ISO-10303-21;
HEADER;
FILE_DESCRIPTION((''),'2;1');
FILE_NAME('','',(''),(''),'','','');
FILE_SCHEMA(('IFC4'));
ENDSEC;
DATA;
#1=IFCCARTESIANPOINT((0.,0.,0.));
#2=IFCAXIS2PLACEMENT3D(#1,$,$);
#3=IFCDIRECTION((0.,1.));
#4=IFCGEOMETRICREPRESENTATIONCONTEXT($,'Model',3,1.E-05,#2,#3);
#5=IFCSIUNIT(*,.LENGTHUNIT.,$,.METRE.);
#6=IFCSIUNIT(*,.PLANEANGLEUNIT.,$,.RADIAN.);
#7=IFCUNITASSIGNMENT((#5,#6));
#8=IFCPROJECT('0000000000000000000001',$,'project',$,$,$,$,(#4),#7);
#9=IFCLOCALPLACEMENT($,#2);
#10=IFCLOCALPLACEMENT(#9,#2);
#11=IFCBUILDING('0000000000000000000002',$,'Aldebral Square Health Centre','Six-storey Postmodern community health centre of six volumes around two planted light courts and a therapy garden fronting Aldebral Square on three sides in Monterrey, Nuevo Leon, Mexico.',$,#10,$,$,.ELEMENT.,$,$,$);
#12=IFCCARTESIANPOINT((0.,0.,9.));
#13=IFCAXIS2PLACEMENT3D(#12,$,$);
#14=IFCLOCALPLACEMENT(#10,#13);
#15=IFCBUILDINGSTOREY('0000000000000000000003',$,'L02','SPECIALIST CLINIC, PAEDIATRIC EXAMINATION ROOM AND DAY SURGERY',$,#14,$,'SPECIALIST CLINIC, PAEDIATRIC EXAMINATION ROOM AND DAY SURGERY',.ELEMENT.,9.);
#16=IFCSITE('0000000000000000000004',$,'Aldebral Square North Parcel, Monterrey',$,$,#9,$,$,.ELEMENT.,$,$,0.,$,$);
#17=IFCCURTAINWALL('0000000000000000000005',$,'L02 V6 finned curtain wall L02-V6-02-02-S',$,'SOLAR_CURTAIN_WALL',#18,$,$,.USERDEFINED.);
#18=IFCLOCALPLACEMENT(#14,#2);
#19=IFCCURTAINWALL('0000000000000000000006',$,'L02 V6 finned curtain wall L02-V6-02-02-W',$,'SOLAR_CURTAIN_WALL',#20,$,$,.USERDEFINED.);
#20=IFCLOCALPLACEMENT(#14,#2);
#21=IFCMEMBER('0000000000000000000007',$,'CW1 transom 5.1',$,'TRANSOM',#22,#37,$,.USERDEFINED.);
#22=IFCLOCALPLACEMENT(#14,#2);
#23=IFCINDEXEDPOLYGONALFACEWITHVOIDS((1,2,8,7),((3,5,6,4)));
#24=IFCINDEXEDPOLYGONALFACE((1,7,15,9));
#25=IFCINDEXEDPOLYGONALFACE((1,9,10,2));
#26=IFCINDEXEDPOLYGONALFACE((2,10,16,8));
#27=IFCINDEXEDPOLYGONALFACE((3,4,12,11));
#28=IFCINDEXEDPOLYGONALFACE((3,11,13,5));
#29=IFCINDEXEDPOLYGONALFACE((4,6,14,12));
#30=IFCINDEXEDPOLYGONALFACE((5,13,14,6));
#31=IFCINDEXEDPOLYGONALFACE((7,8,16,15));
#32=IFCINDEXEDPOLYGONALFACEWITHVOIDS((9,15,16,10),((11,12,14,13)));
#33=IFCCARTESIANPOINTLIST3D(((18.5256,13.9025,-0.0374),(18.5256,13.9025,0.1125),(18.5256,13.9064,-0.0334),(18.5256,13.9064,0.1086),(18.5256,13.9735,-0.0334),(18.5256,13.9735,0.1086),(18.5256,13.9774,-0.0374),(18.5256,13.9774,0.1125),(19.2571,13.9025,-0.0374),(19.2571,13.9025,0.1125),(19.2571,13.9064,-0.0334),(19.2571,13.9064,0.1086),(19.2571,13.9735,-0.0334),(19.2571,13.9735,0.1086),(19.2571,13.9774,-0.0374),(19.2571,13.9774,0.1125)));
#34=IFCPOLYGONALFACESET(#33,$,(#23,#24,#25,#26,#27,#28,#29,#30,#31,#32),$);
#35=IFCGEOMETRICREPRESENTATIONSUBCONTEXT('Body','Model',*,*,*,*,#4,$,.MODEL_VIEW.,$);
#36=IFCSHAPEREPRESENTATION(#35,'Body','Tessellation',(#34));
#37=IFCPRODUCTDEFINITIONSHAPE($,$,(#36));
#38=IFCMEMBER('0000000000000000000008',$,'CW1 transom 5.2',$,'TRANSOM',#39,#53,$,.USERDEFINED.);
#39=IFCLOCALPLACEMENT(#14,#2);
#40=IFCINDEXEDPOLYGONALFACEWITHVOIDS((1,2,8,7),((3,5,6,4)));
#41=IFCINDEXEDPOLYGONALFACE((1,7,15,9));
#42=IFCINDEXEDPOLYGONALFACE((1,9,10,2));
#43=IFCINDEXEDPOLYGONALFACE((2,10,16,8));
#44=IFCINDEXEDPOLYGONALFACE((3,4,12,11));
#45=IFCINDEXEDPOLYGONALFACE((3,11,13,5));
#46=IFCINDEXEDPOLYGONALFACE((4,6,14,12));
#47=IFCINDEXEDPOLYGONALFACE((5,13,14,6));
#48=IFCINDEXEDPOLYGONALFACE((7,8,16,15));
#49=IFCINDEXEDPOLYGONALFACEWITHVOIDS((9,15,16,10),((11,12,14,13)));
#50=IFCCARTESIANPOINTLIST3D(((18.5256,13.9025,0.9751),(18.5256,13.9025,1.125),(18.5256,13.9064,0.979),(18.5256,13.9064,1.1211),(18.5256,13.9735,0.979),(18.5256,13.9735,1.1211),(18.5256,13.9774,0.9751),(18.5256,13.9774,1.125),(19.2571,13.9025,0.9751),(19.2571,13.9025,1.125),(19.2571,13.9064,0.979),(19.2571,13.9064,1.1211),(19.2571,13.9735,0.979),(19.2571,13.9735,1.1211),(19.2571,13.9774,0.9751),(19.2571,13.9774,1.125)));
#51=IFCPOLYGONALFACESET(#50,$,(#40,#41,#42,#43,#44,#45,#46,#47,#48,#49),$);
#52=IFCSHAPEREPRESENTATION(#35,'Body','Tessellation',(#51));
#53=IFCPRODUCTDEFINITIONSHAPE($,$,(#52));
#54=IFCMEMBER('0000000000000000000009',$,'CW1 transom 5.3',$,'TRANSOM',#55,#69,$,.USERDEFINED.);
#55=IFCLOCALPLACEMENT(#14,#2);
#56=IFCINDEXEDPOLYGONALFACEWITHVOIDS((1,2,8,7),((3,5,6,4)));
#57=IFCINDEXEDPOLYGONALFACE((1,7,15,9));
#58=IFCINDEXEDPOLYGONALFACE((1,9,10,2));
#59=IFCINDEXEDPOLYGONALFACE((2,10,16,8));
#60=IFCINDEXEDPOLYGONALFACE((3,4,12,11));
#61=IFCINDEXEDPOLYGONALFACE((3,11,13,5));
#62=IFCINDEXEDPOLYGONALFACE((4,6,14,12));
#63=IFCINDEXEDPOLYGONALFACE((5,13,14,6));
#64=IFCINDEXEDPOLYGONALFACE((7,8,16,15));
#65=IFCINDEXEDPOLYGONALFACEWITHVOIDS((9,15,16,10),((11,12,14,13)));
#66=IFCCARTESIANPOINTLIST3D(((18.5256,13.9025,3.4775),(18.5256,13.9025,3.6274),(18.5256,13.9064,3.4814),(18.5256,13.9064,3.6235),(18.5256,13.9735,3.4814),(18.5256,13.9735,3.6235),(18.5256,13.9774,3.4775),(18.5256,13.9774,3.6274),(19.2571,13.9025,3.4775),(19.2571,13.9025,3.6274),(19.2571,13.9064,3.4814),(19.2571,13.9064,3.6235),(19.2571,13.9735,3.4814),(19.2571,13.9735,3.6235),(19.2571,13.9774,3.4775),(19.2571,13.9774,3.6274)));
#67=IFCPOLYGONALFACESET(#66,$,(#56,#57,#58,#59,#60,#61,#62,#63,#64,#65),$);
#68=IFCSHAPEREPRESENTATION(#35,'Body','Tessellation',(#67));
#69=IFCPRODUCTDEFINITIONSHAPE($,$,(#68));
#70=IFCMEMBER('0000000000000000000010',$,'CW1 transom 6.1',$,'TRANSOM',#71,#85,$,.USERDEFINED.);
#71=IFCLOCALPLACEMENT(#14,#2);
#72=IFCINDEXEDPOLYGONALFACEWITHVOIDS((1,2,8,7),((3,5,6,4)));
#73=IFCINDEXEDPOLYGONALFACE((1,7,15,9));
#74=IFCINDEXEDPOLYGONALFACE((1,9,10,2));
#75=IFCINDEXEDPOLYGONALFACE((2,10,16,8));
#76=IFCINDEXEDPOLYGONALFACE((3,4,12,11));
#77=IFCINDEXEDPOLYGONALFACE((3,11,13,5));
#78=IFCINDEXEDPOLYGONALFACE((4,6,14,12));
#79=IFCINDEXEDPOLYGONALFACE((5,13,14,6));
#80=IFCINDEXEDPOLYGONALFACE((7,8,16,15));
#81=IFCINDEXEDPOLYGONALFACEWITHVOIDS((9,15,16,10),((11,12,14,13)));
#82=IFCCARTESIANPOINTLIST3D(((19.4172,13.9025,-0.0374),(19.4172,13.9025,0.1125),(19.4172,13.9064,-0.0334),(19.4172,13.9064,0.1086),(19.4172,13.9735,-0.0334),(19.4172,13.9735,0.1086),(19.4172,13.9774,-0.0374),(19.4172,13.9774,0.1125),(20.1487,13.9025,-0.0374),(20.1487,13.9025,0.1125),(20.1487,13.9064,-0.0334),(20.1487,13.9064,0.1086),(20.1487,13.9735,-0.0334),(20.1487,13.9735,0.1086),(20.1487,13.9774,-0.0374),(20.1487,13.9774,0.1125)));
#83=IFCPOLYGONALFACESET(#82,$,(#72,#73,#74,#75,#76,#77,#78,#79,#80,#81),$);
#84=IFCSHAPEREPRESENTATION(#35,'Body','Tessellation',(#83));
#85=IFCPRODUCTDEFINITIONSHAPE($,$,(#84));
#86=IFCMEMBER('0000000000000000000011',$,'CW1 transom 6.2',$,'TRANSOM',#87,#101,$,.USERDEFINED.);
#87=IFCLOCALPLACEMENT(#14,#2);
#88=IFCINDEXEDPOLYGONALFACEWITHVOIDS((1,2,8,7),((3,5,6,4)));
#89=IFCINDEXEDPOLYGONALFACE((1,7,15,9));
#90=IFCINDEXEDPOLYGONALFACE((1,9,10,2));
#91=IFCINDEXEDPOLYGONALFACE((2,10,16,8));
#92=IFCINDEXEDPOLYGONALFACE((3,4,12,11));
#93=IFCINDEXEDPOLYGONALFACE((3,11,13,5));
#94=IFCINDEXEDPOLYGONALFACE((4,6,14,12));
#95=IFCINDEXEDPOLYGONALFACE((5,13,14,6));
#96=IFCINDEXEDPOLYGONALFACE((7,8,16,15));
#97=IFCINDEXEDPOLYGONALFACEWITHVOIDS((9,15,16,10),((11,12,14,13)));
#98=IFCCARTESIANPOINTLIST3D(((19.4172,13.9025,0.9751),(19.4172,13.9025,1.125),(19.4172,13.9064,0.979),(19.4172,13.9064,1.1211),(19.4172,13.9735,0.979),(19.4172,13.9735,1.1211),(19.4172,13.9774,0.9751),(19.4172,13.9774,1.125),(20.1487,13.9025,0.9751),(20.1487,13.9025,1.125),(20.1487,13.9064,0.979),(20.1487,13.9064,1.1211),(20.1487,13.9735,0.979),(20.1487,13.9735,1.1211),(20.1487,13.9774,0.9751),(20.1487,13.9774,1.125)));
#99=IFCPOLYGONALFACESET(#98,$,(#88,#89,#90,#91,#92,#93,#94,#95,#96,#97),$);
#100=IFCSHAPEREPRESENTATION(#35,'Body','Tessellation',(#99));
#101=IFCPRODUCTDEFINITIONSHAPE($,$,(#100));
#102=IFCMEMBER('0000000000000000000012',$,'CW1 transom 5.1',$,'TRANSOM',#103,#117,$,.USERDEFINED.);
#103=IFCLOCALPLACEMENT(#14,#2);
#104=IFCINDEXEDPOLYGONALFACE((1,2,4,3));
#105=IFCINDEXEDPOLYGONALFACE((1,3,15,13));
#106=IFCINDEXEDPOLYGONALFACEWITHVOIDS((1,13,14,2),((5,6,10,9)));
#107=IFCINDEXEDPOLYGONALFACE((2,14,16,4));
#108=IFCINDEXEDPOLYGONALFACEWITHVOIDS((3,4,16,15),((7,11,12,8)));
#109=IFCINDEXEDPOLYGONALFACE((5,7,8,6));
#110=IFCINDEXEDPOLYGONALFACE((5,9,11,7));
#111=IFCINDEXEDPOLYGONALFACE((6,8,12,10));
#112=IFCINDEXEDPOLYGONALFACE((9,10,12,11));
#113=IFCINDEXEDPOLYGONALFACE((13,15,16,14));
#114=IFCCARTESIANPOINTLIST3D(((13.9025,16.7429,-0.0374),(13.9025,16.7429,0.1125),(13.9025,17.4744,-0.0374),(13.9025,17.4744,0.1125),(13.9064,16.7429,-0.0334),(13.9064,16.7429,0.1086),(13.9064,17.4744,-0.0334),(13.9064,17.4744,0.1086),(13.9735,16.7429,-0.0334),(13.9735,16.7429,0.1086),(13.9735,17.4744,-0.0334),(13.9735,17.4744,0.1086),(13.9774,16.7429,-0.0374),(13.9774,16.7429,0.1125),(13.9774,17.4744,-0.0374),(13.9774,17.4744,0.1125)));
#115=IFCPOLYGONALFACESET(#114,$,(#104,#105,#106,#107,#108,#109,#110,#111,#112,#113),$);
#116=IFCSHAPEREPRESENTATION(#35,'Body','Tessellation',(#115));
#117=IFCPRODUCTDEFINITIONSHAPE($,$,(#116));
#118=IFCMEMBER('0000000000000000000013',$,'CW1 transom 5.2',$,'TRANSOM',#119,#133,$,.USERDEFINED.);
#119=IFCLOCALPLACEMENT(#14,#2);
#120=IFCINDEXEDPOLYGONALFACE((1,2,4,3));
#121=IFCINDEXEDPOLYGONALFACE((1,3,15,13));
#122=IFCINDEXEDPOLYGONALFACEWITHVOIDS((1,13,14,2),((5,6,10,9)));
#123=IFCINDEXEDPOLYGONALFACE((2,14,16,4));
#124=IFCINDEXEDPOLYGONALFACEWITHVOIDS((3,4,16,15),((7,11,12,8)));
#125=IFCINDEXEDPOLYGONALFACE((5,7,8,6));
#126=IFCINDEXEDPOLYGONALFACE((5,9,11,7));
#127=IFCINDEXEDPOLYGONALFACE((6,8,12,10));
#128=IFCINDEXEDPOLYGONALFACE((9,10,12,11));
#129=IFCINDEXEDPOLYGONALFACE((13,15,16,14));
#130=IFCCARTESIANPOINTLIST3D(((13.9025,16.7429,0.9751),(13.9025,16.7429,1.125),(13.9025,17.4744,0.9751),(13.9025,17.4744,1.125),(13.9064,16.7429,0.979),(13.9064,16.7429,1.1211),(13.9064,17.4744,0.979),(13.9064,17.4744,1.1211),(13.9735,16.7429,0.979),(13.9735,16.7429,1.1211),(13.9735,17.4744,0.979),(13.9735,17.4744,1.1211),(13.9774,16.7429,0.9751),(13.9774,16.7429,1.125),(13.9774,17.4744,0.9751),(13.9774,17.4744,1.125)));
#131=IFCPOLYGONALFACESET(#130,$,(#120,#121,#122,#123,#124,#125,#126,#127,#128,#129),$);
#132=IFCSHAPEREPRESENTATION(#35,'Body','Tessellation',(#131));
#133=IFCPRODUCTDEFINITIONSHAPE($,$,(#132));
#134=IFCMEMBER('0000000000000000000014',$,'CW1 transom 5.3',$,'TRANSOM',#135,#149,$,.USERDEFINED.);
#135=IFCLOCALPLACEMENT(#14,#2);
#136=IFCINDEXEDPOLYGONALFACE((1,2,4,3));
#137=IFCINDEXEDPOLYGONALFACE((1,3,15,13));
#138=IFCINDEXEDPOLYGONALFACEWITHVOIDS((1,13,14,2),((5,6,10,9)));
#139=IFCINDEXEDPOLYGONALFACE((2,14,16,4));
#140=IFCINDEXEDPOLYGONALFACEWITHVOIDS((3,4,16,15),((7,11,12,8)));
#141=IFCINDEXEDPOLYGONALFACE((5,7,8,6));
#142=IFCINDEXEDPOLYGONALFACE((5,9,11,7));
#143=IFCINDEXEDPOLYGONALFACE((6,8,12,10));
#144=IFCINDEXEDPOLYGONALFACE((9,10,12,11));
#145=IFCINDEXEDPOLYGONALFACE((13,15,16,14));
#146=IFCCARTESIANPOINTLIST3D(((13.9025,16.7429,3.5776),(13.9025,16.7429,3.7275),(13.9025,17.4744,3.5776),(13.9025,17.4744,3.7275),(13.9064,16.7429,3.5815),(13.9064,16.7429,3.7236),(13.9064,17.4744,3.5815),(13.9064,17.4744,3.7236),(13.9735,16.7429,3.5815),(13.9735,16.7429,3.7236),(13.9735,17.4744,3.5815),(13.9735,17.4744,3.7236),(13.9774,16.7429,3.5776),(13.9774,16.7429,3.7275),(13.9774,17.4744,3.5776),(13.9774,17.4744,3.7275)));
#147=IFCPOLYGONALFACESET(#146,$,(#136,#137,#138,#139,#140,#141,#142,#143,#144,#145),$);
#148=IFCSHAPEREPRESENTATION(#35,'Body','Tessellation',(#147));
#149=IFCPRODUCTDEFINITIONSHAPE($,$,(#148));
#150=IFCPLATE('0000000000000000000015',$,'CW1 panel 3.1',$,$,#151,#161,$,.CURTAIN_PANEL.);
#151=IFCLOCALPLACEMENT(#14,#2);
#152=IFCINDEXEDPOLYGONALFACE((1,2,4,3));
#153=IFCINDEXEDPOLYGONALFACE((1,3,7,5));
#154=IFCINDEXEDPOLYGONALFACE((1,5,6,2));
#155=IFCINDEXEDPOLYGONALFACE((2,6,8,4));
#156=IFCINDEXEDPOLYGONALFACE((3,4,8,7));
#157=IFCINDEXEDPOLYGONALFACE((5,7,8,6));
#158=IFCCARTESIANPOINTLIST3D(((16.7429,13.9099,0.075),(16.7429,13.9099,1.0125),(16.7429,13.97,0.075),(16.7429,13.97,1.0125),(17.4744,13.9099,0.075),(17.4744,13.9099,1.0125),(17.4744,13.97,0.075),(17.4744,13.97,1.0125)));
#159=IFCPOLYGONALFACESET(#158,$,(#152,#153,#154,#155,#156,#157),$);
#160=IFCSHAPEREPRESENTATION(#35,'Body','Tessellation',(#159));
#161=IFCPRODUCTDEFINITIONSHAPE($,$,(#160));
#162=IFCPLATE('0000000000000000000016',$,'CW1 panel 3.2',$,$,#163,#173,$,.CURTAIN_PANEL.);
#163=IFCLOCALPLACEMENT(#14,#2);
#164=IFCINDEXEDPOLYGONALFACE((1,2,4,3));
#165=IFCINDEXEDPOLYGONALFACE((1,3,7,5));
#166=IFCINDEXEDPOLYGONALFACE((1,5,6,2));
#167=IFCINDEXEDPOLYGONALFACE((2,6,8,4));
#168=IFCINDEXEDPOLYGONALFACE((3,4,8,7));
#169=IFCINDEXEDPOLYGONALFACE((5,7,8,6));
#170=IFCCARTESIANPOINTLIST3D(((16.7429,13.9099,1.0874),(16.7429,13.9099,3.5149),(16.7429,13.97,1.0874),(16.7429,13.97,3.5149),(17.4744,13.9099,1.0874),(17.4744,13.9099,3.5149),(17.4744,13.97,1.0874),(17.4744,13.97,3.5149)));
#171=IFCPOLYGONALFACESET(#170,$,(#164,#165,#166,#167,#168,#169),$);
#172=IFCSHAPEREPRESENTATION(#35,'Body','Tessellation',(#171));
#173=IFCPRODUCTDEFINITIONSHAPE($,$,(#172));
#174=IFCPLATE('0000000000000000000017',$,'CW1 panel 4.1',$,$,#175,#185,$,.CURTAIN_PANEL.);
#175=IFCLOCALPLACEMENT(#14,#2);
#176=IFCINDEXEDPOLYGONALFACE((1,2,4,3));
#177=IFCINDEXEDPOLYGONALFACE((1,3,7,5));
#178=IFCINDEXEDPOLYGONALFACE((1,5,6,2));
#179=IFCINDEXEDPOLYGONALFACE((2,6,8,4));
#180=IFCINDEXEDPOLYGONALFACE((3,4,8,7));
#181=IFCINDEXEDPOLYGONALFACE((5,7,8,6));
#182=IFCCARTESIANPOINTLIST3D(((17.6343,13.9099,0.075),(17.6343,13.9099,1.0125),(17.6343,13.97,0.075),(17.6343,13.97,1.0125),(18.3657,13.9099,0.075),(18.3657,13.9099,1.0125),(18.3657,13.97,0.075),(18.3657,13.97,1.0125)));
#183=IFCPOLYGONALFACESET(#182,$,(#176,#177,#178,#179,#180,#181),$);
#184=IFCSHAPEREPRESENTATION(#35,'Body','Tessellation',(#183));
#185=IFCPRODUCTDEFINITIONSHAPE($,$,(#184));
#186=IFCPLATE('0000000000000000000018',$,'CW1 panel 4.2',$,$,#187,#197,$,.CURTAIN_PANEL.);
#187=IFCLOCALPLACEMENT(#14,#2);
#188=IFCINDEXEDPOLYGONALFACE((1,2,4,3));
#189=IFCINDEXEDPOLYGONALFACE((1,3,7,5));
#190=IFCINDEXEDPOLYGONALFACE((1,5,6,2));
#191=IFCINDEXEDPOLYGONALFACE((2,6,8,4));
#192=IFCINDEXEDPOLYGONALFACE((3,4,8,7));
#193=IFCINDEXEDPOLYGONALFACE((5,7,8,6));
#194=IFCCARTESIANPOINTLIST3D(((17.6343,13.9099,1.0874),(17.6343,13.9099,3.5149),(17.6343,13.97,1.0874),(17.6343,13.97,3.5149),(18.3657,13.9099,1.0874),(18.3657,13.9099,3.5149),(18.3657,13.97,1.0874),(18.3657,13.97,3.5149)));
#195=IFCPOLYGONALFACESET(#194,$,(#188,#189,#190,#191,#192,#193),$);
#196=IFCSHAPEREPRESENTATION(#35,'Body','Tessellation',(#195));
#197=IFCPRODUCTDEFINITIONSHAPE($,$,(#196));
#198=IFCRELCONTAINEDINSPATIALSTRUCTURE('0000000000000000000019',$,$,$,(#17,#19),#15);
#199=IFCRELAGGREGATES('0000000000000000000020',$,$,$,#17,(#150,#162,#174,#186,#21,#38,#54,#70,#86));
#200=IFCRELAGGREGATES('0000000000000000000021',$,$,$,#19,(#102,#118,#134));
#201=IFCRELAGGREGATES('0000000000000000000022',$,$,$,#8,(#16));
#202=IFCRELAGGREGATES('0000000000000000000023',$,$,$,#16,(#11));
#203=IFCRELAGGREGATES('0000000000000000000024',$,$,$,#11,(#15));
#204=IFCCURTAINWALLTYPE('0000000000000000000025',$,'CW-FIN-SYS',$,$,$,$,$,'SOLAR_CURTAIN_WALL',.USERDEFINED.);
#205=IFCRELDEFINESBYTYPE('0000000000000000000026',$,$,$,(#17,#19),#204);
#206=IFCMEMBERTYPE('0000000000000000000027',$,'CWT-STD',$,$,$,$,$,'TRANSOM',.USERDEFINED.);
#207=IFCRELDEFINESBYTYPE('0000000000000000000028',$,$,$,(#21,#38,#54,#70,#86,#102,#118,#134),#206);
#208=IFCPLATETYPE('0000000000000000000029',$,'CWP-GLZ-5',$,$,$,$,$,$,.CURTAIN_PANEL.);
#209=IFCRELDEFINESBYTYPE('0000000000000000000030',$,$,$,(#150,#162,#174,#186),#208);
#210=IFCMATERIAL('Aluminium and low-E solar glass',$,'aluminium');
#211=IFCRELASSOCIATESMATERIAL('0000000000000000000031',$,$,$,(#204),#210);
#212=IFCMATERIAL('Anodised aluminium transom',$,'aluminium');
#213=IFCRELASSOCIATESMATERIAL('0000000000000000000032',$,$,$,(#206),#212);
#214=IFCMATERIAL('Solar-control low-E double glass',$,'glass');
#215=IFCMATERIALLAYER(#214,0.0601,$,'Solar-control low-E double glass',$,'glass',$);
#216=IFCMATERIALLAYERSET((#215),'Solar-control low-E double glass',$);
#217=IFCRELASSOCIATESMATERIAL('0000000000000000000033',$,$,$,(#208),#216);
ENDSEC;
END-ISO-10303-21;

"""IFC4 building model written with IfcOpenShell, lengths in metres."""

from ifc_helpers import new_model, si_unit, direction, frame, origin, origin_2d, place, context, subcontext, project, spatial, rectangle, hollow_rectangle, extrude, material, layer, layer_set, material_profile, profile_set, type_object, element, aggregate, save


model = new_model("IFC4")

# Units and contexts
model_context = context("Model", 3, precision=1e-05, world=origin(), true_north=direction((0.0, 1.0)))
body_context = subcontext(model_context, "Body", "Model", "MODEL_VIEW")
ifc_project = project(units=[si_unit("LENGTHUNIT", "METRE"), si_unit("PLANEANGLEUNIT", "RADIAN")], contexts=[model_context])

# Site, building, storey
site_placement = place(None, origin())
site = spatial("IfcSite", under=ifc_project, at=site_placement, Name="Aldebral Square North Parcel, Monterrey", CompositionType="ELEMENT", RefElevation=0.0)
building_placement = place(site_placement, origin())
building = spatial("IfcBuilding", under=site, at=building_placement, Name="Aldebral Square Health Centre", Description="Six-storey Postmodern community health centre of six volumes around two planted light courts and a therapy garden fronting Aldebral Square on three sides in Monterrey, Nuevo Leon, Mexico.", CompositionType="ELEMENT")
storey_placement = place(building_placement, frame((0.0, 0.0, 9.0)))
storey = spatial("IfcBuildingStorey", under=building, at=storey_placement, Name="L02", Description="SPECIALIST CLINIC, PAEDIATRIC EXAMINATION ROOM AND DAY SURGERY", LongName="SPECIALIST CLINIC, PAEDIATRIC EXAMINATION ROOM AND DAY SURGERY", CompositionType="ELEMENT", Elevation=9.0)

# Curtain wall
ifc_material_1 = material(Name="Aluminium and low-E solar glass", Category="aluminium")
curtain_wall_type = type_object("IfcCurtainWallType", Name="CW-FIN-SYS", ElementType="SOLAR_CURTAIN_WALL", PredefinedType="USERDEFINED", material=ifc_material_1)
curtain_wall_1_placement = place(storey_placement, origin())
curtain_wall_1 = element("IfcCurtainWall", 1, at=curtain_wall_1_placement, inside=storey, type_object=curtain_wall_type, Name="L02 V6 finned curtain wall L02-V6-02-02-S", ObjectType="SOLAR_CURTAIN_WALL", PredefinedType="USERDEFINED")

# Curtain wall
curtain_wall_2_placement = place(storey_placement, origin())
curtain_wall_2 = element("IfcCurtainWall", 2, at=curtain_wall_2_placement, inside=storey, type_object=curtain_wall_type, Name="L02 V6 finned curtain wall L02-V6-02-02-W", ObjectType="SOLAR_CURTAIN_WALL", PredefinedType="USERDEFINED")

# Members
ifc_material_2 = material(Name="Anodised aluminium transom", Category="aluminium")
ifc_material_profile_1 = material_profile(ifc_material_2, hollow_rectangle(XDim=0.075, YDim=0.1499, WallThickness=0.0039, at=origin_2d()), Name="CWT 75x150x4")
ifc_profile_set_1 = profile_set([ifc_material_profile_1], Name="Anodised aluminium transom")
member_type_1 = type_object("IfcMemberType", Name="CWT-STD", ElementType="TRANSOM", PredefinedType="USERDEFINED", material=ifc_profile_set_1)
member_1_placement = place(storey_placement, frame((18.5256, 13.9399, 0.0376), z_axis=(1.0, 0.0, 0.0), x_axis=(0.0, 1.0, 0.0)))
member_1 = element("IfcMember", 3, at=member_1_placement, type_object=member_type_1, Name="CW1 transom 5.1", ObjectType="TRANSOM", PredefinedType="USERDEFINED", context=body_context, shape_type="SweptSolid", body=[
    extrude(hollow_rectangle(XDim=0.075, YDim=0.1499, WallThickness=0.0039, at=origin_2d()), origin(), (0.0, 0.0, 1.0), 0.7314),
])
member_2_placement = place(storey_placement, frame((18.5256, 13.9399, 1.05), z_axis=(1.0, 0.0, 0.0), x_axis=(0.0, 1.0, 0.0)))
member_2 = element("IfcMember", 4, at=member_2_placement, type_object=member_type_1, Name="CW1 transom 5.2", ObjectType="TRANSOM", PredefinedType="USERDEFINED", context=body_context, shape_type="SweptSolid", body=[
    extrude(hollow_rectangle(XDim=0.075, YDim=0.1499, WallThickness=0.0039, at=origin_2d()), origin(), (0.0, 0.0, 1.0), 0.7314),
])
member_3_placement = place(storey_placement, frame((18.5256, 13.9399, 3.5525), z_axis=(1.0, 0.0, 0.0), x_axis=(0.0, 1.0, 0.0)))
member_3 = element("IfcMember", 5, at=member_3_placement, type_object=member_type_1, Name="CW1 transom 5.3", ObjectType="TRANSOM", PredefinedType="USERDEFINED", context=body_context, shape_type="SweptSolid", body=[
    extrude(hollow_rectangle(XDim=0.075, YDim=0.1499, WallThickness=0.0039, at=origin_2d()), origin(), (0.0, 0.0, 1.0), 0.7314),
])
member_4_placement = place(storey_placement, frame((19.4172, 13.9399, 0.0376), z_axis=(1.0, 0.0, 0.0), x_axis=(0.0, 1.0, 0.0)))
member_4 = element("IfcMember", 6, at=member_4_placement, type_object=member_type_1, Name="CW1 transom 6.1", ObjectType="TRANSOM", PredefinedType="USERDEFINED", context=body_context, shape_type="SweptSolid", body=[
    extrude(hollow_rectangle(XDim=0.075, YDim=0.1499, WallThickness=0.0039, at=origin_2d()), origin(), (0.0, 0.0, 1.0), 0.7314),
])
member_5_placement = place(storey_placement, frame((19.4172, 13.9399, 1.05), z_axis=(1.0, 0.0, 0.0), x_axis=(0.0, 1.0, 0.0)))
member_5 = element("IfcMember", 7, at=member_5_placement, type_object=member_type_1, Name="CW1 transom 6.2", ObjectType="TRANSOM", PredefinedType="USERDEFINED", context=body_context, shape_type="SweptSolid", body=[
    extrude(hollow_rectangle(XDim=0.075, YDim=0.1499, WallThickness=0.0039, at=origin_2d()), origin(), (0.0, 0.0, 1.0), 0.7314),
])
member_6_placement = place(storey_placement, frame((13.9399, 17.4744, 0.0376), z_axis=(0.0, -1.0, 0.0), x_axis=(1.0, 0.0, 0.0)))
member_6 = element("IfcMember", 8, at=member_6_placement, type_object=member_type_1, Name="CW1 transom 5.1", ObjectType="TRANSOM", PredefinedType="USERDEFINED", context=body_context, shape_type="SweptSolid", body=[
    extrude(hollow_rectangle(XDim=0.075, YDim=0.1499, WallThickness=0.0039, at=origin_2d()), origin(), (0.0, 0.0, 1.0), 0.7314),
])
member_7_placement = place(storey_placement, frame((13.9399, 17.4744, 1.05), z_axis=(0.0, -1.0, 0.0), x_axis=(1.0, 0.0, 0.0)))
member_7 = element("IfcMember", 9, at=member_7_placement, type_object=member_type_1, Name="CW1 transom 5.2", ObjectType="TRANSOM", PredefinedType="USERDEFINED", context=body_context, shape_type="SweptSolid", body=[
    extrude(hollow_rectangle(XDim=0.075, YDim=0.1499, WallThickness=0.0039, at=origin_2d()), origin(), (0.0, 0.0, 1.0), 0.7314),
])
member_8_placement = place(storey_placement, frame((13.9399, 17.4744, 3.6526), z_axis=(0.0, -1.0, 0.0), x_axis=(1.0, 0.0, 0.0)))
member_8 = element("IfcMember", 10, at=member_8_placement, type_object=member_type_1, Name="CW1 transom 5.3", ObjectType="TRANSOM", PredefinedType="USERDEFINED", context=body_context, shape_type="SweptSolid", body=[
    extrude(hollow_rectangle(XDim=0.075, YDim=0.1499, WallThickness=0.0039, at=origin_2d()), origin(), (0.0, 0.0, 1.0), 0.7314),
])

# Plates
ifc_material_3 = material(Name="Solar-control low-E double glass", Category="glass")
ifc_layer_1 = layer(ifc_material_3, 0.0601, Name="Solar-control low-E double glass", Category="glass")
ifc_layer_set_1 = layer_set([ifc_layer_1], Name="Solar-control low-E double glass")
plate_type_1 = type_object("IfcPlateType", Name="CWP-GLZ-5", PredefinedType="CURTAIN_PANEL", material=ifc_layer_set_1)
plate_1_placement = place(storey_placement, frame((17.1086, 13.9399, 0.075), z_axis=(0.0, 0.0, 1.0), x_axis=(1.0, 0.0, 0.0)))
plate_1 = element("IfcPlate", 11, at=plate_1_placement, type_object=plate_type_1, Name="CW1 panel 3.1", PredefinedType="CURTAIN_PANEL", context=body_context, shape_type="SweptSolid", body=[
    extrude(rectangle(XDim=0.7314, YDim=0.0601, at=origin_2d()), origin(), (0.0, 0.0, 1.0), 0.9375),
])
plate_2_placement = place(storey_placement, frame((17.1086, 13.9399, 1.0874), z_axis=(0.0, 0.0, 1.0), x_axis=(1.0, 0.0, 0.0)))
plate_2 = element("IfcPlate", 12, at=plate_2_placement, type_object=plate_type_1, Name="CW1 panel 3.2", PredefinedType="CURTAIN_PANEL", context=body_context, shape_type="SweptSolid", body=[
    extrude(rectangle(XDim=0.7314, YDim=0.0601, at=origin_2d()), origin(), (0.0, 0.0, 1.0), 2.4275),
])
plate_3_placement = place(storey_placement, frame((18.0, 13.9399, 0.075), z_axis=(0.0, 0.0, 1.0), x_axis=(1.0, 0.0, 0.0)))
plate_3 = element("IfcPlate", 13, at=plate_3_placement, type_object=plate_type_1, Name="CW1 panel 4.1", PredefinedType="CURTAIN_PANEL", context=body_context, shape_type="SweptSolid", body=[
    extrude(rectangle(XDim=0.7314, YDim=0.0601, at=origin_2d()), origin(), (0.0, 0.0, 1.0), 0.9375),
])
plate_4_placement = place(storey_placement, frame((18.0, 13.9399, 1.0874), z_axis=(0.0, 0.0, 1.0), x_axis=(1.0, 0.0, 0.0)))
plate_4 = element("IfcPlate", 14, at=plate_4_placement, type_object=plate_type_1, Name="CW1 panel 4.2", PredefinedType="CURTAIN_PANEL", context=body_context, shape_type="SweptSolid", body=[
    extrude(rectangle(XDim=0.7314, YDim=0.0601, at=origin_2d()), origin(), (0.0, 0.0, 1.0), 2.4275),
])
aggregate(curtain_wall_1, [plate_1, plate_2, plate_3, plate_4, member_1, member_2, member_3, member_4, member_5])
aggregate(curtain_wall_2, [member_6, member_7, member_8])

save(model, "model.ifc")
